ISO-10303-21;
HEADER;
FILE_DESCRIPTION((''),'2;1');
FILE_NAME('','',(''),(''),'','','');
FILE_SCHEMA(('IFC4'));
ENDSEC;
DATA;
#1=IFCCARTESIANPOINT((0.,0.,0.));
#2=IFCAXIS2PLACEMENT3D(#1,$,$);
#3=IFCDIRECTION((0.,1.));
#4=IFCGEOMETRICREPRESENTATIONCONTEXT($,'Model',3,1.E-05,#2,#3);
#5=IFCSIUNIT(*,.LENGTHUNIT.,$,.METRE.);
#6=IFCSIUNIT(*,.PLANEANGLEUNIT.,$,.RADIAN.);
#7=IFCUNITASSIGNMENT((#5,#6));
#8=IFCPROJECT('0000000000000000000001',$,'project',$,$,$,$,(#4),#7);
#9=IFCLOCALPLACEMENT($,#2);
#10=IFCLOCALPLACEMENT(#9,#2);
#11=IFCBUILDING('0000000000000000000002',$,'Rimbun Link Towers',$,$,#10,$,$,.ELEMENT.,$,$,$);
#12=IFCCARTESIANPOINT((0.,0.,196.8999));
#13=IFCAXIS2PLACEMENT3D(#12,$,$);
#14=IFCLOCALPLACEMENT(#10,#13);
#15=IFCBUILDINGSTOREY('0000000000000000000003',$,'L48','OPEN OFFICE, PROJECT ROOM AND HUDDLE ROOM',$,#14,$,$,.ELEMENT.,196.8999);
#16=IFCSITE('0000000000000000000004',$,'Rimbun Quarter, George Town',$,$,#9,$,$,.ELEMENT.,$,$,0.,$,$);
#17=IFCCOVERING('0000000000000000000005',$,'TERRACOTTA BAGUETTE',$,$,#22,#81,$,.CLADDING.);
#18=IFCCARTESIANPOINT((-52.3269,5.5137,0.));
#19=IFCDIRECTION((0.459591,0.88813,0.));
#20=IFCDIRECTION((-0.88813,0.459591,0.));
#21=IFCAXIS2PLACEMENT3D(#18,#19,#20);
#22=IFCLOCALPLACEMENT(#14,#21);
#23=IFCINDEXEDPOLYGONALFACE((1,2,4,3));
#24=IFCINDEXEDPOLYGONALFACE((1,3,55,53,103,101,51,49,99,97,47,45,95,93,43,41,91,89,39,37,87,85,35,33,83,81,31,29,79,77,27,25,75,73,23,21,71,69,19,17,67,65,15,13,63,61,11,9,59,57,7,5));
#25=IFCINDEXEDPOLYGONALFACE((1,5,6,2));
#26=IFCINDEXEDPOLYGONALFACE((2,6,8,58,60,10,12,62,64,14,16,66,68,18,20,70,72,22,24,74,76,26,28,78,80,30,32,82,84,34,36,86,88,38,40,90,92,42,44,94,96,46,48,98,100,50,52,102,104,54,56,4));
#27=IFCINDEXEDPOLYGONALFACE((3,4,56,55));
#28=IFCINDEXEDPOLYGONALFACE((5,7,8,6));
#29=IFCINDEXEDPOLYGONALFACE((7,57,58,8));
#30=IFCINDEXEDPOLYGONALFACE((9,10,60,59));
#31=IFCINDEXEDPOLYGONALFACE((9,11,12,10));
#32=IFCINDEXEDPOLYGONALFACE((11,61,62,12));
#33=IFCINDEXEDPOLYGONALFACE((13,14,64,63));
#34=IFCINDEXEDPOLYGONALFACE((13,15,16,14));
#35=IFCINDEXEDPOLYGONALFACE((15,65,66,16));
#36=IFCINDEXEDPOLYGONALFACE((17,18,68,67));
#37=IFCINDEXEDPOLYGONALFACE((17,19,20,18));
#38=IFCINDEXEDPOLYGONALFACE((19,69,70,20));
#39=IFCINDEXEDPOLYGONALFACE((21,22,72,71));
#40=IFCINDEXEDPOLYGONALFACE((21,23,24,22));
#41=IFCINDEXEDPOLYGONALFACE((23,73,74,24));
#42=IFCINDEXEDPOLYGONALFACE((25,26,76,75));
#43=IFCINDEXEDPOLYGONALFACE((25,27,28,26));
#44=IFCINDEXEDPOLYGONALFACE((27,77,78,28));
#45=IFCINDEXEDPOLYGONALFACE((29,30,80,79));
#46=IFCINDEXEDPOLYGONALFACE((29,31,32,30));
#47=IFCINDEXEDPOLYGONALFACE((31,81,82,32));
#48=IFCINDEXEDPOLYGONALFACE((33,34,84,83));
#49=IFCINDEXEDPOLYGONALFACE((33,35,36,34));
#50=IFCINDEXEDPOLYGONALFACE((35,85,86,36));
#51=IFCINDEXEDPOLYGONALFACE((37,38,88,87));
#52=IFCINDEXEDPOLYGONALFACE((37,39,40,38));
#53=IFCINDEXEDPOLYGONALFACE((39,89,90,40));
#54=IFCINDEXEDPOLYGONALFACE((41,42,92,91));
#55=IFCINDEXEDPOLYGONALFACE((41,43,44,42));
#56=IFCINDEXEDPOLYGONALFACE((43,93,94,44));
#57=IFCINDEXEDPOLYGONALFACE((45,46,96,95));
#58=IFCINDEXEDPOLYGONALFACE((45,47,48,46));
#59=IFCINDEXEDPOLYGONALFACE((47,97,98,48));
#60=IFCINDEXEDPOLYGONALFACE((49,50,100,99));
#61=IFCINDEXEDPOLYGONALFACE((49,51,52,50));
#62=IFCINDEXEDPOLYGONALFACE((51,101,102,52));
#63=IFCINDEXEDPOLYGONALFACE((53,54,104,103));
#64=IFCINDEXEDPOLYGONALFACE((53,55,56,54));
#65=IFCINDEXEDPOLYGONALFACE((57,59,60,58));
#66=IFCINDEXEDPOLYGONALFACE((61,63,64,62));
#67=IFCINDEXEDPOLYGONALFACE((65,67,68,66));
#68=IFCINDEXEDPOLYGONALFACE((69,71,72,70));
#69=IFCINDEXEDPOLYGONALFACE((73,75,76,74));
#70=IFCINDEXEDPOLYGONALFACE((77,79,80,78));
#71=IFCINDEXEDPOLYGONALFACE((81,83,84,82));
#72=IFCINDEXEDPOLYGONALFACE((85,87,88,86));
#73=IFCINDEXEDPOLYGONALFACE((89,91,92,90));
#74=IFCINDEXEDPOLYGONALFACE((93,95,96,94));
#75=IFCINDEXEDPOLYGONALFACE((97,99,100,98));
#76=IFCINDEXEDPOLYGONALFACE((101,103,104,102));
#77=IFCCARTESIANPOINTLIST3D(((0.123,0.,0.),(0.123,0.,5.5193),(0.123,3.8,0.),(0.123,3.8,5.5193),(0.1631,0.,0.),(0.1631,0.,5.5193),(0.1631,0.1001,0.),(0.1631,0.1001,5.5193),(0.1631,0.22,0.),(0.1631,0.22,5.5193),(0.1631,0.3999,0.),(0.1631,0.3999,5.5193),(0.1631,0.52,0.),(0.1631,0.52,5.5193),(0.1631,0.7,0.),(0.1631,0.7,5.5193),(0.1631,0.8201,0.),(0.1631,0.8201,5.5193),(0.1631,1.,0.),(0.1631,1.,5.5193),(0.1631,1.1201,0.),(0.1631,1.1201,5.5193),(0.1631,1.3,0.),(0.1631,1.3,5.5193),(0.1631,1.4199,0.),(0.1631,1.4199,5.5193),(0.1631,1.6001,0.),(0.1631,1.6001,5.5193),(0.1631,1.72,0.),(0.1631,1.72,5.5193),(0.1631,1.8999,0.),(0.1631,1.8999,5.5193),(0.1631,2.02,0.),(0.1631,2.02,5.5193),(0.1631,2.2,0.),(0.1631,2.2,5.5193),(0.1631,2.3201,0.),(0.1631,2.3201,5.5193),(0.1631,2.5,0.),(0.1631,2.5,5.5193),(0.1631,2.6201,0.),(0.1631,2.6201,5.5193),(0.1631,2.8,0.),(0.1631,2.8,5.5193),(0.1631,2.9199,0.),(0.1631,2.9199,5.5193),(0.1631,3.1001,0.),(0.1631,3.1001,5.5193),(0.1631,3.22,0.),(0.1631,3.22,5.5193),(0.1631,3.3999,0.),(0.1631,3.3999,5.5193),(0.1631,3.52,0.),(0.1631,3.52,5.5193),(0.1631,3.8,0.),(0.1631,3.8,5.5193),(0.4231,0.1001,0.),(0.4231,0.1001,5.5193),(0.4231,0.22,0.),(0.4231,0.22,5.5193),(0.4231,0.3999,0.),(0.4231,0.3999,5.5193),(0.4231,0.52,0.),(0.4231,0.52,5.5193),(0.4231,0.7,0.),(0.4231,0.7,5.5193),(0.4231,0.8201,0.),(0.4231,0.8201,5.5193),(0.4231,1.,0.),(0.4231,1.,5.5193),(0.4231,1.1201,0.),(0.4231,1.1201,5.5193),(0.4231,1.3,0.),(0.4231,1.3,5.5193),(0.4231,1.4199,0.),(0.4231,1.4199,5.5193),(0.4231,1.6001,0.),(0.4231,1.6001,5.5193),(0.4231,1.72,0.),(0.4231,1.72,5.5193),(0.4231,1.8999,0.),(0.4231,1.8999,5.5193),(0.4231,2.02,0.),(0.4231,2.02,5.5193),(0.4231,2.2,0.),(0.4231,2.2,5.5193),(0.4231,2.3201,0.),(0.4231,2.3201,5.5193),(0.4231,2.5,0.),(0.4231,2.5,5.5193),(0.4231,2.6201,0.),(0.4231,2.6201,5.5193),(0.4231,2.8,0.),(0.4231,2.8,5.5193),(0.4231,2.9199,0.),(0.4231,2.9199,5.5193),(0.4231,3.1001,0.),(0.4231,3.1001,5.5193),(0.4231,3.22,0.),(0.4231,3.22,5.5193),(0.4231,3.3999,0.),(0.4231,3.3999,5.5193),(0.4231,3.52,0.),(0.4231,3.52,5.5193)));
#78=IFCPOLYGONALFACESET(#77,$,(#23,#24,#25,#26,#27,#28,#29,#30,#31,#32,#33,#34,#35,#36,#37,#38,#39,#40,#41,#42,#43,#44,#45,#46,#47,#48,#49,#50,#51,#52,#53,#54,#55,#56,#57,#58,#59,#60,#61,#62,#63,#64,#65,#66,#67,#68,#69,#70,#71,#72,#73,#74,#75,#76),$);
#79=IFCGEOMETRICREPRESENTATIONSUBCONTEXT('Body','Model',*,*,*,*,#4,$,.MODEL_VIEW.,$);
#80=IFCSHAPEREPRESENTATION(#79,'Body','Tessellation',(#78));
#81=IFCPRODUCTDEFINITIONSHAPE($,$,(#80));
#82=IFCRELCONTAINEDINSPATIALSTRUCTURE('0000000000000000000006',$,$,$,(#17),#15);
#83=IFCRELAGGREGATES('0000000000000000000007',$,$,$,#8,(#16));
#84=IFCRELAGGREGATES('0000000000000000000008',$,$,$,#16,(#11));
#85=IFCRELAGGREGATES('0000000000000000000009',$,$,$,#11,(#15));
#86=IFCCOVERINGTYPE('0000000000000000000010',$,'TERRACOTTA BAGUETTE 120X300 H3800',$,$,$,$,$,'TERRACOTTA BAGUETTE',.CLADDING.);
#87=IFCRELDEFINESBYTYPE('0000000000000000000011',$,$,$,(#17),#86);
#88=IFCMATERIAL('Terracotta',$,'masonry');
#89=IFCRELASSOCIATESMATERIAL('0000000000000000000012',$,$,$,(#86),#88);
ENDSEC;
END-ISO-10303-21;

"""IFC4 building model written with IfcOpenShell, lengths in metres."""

from ifc_helpers import new_model, si_unit, direction, frame, origin, place, context, subcontext, project, spatial, polyline, outline, extrude, material, material_profile, profile_set, type_object, element, save


model = new_model("IFC4")

# Units and contexts
model_context = context("Model", 3, precision=1e-05, world=origin(), true_north=direction((0.0, 1.0)))
body_context = subcontext(model_context, "Body", "Model", "MODEL_VIEW")
ifc_project = project(units=[si_unit("LENGTHUNIT", "METRE"), si_unit("PLANEANGLEUNIT", "RADIAN")], contexts=[model_context])

# Site, building, storey
site_placement = place(None, origin())
site = spatial("IfcSite", under=ifc_project, at=site_placement, Name="Rimbun Quarter, George Town", CompositionType="ELEMENT", RefElevation=0.0)
building_placement = place(site_placement, origin())
building = spatial("IfcBuilding", under=site, at=building_placement, Name="Rimbun Link Towers", CompositionType="ELEMENT")
storey_placement = place(building_placement, frame((0.0, 0.0, 196.8999)))
storey = spatial("IfcBuildingStorey", under=building, at=storey_placement, Name="L48", Description="OPEN OFFICE, PROJECT ROOM AND HUDDLE ROOM", CompositionType="ELEMENT", Elevation=196.8999)

# Covering
ifc_material_1 = material(Name="Terracotta", Category="masonry")
ifc_material_profile_1 = material_profile(ifc_material_1, outline(polyline([(0.123, 0.0), (0.1631, 0.0), (0.1631, 0.1001), (0.4231, 0.1001), (0.4231, 0.22), (0.1631, 0.22), (0.1631, 0.3999), (0.4231, 0.3999), (0.4231, 0.52), (0.1631, 0.52), (0.1631, 0.7), (0.4231, 0.7), (0.4231, 0.8201), (0.1631, 0.8201), (0.1631, 1.0), (0.4231, 1.0), (0.4231, 1.1201), (0.1631, 1.1201), (0.1631, 1.3), (0.4231, 1.3), (0.4231, 1.4199), (0.1631, 1.4199), (0.1631, 1.6001), (0.4231, 1.6001), (0.4231, 1.72), (0.1631, 1.72), (0.1631, 1.8999), (0.4231, 1.8999), (0.4231, 2.02), (0.1631, 2.02), (0.1631, 2.2), (0.4231, 2.2), (0.4231, 2.3201), (0.1631, 2.3201), (0.1631, 2.5), (0.4231, 2.5), (0.4231, 2.6201), (0.1631, 2.6201), (0.1631, 2.8), (0.4231, 2.8), (0.4231, 2.9199), (0.1631, 2.9199), (0.1631, 3.1001), (0.4231, 3.1001), (0.4231, 3.22), (0.1631, 3.22), (0.1631, 3.3999), (0.4231, 3.3999), (0.4231, 3.52), (0.1631, 3.52), (0.1631, 3.8), (0.123, 3.8), (0.123, 0.0)])), Name="BAGUETTE 120X300")
ifc_profile_set_1 = profile_set([ifc_material_profile_1], Name="Terracotta")
covering_type = type_object("IfcCoveringType", Name="TERRACOTTA BAGUETTE 120X300 H3800", ElementType="TERRACOTTA BAGUETTE", PredefinedType="CLADDING", material=ifc_profile_set_1)
covering_placement = place(storey_placement, frame((-52.3269, 5.5137, 0.0), z_axis=(0.459591, 0.88813, 0.0), x_axis=(-0.88813, 0.459591, 0.0)))
element("IfcCovering", 1, at=covering_placement, inside=storey, type_object=covering_type, Name="TERRACOTTA BAGUETTE", PredefinedType="CLADDING", context=body_context, shape_type="SweptSolid", body=[
    extrude(outline(polyline([(0.123, 0.0), (0.1631, 0.0), (0.1631, 0.1001), (0.4231, 0.1001), (0.4231, 0.22), (0.1631, 0.22), (0.1631, 0.3999), (0.4231, 0.3999), (0.4231, 0.52), (0.1631, 0.52), (0.1631, 0.7), (0.4231, 0.7), (0.4231, 0.8201), (0.1631, 0.8201), (0.1631, 1.0), (0.4231, 1.0), (0.4231, 1.1201), (0.1631, 1.1201), (0.1631, 1.3), (0.4231, 1.3), (0.4231, 1.4199), (0.1631, 1.4199), (0.1631, 1.6001), (0.4231, 1.6001), (0.4231, 1.72), (0.1631, 1.72), (0.1631, 1.8999), (0.4231, 1.8999), (0.4231, 2.02), (0.1631, 2.02), (0.1631, 2.2), (0.4231, 2.2), (0.4231, 2.3201), (0.1631, 2.3201), (0.1631, 2.5), (0.4231, 2.5), (0.4231, 2.6201), (0.1631, 2.6201), (0.1631, 2.8), (0.4231, 2.8), (0.4231, 2.9199), (0.1631, 2.9199), (0.1631, 3.1001), (0.4231, 3.1001), (0.4231, 3.22), (0.1631, 3.22), (0.1631, 3.3999), (0.4231, 3.3999), (0.4231, 3.52), (0.1631, 3.52), (0.1631, 3.8), (0.123, 3.8), (0.123, 0.0)])), origin(), (0.0, 0.0, 1.0), 5.5193),
])

save(model, "model.ifc")
